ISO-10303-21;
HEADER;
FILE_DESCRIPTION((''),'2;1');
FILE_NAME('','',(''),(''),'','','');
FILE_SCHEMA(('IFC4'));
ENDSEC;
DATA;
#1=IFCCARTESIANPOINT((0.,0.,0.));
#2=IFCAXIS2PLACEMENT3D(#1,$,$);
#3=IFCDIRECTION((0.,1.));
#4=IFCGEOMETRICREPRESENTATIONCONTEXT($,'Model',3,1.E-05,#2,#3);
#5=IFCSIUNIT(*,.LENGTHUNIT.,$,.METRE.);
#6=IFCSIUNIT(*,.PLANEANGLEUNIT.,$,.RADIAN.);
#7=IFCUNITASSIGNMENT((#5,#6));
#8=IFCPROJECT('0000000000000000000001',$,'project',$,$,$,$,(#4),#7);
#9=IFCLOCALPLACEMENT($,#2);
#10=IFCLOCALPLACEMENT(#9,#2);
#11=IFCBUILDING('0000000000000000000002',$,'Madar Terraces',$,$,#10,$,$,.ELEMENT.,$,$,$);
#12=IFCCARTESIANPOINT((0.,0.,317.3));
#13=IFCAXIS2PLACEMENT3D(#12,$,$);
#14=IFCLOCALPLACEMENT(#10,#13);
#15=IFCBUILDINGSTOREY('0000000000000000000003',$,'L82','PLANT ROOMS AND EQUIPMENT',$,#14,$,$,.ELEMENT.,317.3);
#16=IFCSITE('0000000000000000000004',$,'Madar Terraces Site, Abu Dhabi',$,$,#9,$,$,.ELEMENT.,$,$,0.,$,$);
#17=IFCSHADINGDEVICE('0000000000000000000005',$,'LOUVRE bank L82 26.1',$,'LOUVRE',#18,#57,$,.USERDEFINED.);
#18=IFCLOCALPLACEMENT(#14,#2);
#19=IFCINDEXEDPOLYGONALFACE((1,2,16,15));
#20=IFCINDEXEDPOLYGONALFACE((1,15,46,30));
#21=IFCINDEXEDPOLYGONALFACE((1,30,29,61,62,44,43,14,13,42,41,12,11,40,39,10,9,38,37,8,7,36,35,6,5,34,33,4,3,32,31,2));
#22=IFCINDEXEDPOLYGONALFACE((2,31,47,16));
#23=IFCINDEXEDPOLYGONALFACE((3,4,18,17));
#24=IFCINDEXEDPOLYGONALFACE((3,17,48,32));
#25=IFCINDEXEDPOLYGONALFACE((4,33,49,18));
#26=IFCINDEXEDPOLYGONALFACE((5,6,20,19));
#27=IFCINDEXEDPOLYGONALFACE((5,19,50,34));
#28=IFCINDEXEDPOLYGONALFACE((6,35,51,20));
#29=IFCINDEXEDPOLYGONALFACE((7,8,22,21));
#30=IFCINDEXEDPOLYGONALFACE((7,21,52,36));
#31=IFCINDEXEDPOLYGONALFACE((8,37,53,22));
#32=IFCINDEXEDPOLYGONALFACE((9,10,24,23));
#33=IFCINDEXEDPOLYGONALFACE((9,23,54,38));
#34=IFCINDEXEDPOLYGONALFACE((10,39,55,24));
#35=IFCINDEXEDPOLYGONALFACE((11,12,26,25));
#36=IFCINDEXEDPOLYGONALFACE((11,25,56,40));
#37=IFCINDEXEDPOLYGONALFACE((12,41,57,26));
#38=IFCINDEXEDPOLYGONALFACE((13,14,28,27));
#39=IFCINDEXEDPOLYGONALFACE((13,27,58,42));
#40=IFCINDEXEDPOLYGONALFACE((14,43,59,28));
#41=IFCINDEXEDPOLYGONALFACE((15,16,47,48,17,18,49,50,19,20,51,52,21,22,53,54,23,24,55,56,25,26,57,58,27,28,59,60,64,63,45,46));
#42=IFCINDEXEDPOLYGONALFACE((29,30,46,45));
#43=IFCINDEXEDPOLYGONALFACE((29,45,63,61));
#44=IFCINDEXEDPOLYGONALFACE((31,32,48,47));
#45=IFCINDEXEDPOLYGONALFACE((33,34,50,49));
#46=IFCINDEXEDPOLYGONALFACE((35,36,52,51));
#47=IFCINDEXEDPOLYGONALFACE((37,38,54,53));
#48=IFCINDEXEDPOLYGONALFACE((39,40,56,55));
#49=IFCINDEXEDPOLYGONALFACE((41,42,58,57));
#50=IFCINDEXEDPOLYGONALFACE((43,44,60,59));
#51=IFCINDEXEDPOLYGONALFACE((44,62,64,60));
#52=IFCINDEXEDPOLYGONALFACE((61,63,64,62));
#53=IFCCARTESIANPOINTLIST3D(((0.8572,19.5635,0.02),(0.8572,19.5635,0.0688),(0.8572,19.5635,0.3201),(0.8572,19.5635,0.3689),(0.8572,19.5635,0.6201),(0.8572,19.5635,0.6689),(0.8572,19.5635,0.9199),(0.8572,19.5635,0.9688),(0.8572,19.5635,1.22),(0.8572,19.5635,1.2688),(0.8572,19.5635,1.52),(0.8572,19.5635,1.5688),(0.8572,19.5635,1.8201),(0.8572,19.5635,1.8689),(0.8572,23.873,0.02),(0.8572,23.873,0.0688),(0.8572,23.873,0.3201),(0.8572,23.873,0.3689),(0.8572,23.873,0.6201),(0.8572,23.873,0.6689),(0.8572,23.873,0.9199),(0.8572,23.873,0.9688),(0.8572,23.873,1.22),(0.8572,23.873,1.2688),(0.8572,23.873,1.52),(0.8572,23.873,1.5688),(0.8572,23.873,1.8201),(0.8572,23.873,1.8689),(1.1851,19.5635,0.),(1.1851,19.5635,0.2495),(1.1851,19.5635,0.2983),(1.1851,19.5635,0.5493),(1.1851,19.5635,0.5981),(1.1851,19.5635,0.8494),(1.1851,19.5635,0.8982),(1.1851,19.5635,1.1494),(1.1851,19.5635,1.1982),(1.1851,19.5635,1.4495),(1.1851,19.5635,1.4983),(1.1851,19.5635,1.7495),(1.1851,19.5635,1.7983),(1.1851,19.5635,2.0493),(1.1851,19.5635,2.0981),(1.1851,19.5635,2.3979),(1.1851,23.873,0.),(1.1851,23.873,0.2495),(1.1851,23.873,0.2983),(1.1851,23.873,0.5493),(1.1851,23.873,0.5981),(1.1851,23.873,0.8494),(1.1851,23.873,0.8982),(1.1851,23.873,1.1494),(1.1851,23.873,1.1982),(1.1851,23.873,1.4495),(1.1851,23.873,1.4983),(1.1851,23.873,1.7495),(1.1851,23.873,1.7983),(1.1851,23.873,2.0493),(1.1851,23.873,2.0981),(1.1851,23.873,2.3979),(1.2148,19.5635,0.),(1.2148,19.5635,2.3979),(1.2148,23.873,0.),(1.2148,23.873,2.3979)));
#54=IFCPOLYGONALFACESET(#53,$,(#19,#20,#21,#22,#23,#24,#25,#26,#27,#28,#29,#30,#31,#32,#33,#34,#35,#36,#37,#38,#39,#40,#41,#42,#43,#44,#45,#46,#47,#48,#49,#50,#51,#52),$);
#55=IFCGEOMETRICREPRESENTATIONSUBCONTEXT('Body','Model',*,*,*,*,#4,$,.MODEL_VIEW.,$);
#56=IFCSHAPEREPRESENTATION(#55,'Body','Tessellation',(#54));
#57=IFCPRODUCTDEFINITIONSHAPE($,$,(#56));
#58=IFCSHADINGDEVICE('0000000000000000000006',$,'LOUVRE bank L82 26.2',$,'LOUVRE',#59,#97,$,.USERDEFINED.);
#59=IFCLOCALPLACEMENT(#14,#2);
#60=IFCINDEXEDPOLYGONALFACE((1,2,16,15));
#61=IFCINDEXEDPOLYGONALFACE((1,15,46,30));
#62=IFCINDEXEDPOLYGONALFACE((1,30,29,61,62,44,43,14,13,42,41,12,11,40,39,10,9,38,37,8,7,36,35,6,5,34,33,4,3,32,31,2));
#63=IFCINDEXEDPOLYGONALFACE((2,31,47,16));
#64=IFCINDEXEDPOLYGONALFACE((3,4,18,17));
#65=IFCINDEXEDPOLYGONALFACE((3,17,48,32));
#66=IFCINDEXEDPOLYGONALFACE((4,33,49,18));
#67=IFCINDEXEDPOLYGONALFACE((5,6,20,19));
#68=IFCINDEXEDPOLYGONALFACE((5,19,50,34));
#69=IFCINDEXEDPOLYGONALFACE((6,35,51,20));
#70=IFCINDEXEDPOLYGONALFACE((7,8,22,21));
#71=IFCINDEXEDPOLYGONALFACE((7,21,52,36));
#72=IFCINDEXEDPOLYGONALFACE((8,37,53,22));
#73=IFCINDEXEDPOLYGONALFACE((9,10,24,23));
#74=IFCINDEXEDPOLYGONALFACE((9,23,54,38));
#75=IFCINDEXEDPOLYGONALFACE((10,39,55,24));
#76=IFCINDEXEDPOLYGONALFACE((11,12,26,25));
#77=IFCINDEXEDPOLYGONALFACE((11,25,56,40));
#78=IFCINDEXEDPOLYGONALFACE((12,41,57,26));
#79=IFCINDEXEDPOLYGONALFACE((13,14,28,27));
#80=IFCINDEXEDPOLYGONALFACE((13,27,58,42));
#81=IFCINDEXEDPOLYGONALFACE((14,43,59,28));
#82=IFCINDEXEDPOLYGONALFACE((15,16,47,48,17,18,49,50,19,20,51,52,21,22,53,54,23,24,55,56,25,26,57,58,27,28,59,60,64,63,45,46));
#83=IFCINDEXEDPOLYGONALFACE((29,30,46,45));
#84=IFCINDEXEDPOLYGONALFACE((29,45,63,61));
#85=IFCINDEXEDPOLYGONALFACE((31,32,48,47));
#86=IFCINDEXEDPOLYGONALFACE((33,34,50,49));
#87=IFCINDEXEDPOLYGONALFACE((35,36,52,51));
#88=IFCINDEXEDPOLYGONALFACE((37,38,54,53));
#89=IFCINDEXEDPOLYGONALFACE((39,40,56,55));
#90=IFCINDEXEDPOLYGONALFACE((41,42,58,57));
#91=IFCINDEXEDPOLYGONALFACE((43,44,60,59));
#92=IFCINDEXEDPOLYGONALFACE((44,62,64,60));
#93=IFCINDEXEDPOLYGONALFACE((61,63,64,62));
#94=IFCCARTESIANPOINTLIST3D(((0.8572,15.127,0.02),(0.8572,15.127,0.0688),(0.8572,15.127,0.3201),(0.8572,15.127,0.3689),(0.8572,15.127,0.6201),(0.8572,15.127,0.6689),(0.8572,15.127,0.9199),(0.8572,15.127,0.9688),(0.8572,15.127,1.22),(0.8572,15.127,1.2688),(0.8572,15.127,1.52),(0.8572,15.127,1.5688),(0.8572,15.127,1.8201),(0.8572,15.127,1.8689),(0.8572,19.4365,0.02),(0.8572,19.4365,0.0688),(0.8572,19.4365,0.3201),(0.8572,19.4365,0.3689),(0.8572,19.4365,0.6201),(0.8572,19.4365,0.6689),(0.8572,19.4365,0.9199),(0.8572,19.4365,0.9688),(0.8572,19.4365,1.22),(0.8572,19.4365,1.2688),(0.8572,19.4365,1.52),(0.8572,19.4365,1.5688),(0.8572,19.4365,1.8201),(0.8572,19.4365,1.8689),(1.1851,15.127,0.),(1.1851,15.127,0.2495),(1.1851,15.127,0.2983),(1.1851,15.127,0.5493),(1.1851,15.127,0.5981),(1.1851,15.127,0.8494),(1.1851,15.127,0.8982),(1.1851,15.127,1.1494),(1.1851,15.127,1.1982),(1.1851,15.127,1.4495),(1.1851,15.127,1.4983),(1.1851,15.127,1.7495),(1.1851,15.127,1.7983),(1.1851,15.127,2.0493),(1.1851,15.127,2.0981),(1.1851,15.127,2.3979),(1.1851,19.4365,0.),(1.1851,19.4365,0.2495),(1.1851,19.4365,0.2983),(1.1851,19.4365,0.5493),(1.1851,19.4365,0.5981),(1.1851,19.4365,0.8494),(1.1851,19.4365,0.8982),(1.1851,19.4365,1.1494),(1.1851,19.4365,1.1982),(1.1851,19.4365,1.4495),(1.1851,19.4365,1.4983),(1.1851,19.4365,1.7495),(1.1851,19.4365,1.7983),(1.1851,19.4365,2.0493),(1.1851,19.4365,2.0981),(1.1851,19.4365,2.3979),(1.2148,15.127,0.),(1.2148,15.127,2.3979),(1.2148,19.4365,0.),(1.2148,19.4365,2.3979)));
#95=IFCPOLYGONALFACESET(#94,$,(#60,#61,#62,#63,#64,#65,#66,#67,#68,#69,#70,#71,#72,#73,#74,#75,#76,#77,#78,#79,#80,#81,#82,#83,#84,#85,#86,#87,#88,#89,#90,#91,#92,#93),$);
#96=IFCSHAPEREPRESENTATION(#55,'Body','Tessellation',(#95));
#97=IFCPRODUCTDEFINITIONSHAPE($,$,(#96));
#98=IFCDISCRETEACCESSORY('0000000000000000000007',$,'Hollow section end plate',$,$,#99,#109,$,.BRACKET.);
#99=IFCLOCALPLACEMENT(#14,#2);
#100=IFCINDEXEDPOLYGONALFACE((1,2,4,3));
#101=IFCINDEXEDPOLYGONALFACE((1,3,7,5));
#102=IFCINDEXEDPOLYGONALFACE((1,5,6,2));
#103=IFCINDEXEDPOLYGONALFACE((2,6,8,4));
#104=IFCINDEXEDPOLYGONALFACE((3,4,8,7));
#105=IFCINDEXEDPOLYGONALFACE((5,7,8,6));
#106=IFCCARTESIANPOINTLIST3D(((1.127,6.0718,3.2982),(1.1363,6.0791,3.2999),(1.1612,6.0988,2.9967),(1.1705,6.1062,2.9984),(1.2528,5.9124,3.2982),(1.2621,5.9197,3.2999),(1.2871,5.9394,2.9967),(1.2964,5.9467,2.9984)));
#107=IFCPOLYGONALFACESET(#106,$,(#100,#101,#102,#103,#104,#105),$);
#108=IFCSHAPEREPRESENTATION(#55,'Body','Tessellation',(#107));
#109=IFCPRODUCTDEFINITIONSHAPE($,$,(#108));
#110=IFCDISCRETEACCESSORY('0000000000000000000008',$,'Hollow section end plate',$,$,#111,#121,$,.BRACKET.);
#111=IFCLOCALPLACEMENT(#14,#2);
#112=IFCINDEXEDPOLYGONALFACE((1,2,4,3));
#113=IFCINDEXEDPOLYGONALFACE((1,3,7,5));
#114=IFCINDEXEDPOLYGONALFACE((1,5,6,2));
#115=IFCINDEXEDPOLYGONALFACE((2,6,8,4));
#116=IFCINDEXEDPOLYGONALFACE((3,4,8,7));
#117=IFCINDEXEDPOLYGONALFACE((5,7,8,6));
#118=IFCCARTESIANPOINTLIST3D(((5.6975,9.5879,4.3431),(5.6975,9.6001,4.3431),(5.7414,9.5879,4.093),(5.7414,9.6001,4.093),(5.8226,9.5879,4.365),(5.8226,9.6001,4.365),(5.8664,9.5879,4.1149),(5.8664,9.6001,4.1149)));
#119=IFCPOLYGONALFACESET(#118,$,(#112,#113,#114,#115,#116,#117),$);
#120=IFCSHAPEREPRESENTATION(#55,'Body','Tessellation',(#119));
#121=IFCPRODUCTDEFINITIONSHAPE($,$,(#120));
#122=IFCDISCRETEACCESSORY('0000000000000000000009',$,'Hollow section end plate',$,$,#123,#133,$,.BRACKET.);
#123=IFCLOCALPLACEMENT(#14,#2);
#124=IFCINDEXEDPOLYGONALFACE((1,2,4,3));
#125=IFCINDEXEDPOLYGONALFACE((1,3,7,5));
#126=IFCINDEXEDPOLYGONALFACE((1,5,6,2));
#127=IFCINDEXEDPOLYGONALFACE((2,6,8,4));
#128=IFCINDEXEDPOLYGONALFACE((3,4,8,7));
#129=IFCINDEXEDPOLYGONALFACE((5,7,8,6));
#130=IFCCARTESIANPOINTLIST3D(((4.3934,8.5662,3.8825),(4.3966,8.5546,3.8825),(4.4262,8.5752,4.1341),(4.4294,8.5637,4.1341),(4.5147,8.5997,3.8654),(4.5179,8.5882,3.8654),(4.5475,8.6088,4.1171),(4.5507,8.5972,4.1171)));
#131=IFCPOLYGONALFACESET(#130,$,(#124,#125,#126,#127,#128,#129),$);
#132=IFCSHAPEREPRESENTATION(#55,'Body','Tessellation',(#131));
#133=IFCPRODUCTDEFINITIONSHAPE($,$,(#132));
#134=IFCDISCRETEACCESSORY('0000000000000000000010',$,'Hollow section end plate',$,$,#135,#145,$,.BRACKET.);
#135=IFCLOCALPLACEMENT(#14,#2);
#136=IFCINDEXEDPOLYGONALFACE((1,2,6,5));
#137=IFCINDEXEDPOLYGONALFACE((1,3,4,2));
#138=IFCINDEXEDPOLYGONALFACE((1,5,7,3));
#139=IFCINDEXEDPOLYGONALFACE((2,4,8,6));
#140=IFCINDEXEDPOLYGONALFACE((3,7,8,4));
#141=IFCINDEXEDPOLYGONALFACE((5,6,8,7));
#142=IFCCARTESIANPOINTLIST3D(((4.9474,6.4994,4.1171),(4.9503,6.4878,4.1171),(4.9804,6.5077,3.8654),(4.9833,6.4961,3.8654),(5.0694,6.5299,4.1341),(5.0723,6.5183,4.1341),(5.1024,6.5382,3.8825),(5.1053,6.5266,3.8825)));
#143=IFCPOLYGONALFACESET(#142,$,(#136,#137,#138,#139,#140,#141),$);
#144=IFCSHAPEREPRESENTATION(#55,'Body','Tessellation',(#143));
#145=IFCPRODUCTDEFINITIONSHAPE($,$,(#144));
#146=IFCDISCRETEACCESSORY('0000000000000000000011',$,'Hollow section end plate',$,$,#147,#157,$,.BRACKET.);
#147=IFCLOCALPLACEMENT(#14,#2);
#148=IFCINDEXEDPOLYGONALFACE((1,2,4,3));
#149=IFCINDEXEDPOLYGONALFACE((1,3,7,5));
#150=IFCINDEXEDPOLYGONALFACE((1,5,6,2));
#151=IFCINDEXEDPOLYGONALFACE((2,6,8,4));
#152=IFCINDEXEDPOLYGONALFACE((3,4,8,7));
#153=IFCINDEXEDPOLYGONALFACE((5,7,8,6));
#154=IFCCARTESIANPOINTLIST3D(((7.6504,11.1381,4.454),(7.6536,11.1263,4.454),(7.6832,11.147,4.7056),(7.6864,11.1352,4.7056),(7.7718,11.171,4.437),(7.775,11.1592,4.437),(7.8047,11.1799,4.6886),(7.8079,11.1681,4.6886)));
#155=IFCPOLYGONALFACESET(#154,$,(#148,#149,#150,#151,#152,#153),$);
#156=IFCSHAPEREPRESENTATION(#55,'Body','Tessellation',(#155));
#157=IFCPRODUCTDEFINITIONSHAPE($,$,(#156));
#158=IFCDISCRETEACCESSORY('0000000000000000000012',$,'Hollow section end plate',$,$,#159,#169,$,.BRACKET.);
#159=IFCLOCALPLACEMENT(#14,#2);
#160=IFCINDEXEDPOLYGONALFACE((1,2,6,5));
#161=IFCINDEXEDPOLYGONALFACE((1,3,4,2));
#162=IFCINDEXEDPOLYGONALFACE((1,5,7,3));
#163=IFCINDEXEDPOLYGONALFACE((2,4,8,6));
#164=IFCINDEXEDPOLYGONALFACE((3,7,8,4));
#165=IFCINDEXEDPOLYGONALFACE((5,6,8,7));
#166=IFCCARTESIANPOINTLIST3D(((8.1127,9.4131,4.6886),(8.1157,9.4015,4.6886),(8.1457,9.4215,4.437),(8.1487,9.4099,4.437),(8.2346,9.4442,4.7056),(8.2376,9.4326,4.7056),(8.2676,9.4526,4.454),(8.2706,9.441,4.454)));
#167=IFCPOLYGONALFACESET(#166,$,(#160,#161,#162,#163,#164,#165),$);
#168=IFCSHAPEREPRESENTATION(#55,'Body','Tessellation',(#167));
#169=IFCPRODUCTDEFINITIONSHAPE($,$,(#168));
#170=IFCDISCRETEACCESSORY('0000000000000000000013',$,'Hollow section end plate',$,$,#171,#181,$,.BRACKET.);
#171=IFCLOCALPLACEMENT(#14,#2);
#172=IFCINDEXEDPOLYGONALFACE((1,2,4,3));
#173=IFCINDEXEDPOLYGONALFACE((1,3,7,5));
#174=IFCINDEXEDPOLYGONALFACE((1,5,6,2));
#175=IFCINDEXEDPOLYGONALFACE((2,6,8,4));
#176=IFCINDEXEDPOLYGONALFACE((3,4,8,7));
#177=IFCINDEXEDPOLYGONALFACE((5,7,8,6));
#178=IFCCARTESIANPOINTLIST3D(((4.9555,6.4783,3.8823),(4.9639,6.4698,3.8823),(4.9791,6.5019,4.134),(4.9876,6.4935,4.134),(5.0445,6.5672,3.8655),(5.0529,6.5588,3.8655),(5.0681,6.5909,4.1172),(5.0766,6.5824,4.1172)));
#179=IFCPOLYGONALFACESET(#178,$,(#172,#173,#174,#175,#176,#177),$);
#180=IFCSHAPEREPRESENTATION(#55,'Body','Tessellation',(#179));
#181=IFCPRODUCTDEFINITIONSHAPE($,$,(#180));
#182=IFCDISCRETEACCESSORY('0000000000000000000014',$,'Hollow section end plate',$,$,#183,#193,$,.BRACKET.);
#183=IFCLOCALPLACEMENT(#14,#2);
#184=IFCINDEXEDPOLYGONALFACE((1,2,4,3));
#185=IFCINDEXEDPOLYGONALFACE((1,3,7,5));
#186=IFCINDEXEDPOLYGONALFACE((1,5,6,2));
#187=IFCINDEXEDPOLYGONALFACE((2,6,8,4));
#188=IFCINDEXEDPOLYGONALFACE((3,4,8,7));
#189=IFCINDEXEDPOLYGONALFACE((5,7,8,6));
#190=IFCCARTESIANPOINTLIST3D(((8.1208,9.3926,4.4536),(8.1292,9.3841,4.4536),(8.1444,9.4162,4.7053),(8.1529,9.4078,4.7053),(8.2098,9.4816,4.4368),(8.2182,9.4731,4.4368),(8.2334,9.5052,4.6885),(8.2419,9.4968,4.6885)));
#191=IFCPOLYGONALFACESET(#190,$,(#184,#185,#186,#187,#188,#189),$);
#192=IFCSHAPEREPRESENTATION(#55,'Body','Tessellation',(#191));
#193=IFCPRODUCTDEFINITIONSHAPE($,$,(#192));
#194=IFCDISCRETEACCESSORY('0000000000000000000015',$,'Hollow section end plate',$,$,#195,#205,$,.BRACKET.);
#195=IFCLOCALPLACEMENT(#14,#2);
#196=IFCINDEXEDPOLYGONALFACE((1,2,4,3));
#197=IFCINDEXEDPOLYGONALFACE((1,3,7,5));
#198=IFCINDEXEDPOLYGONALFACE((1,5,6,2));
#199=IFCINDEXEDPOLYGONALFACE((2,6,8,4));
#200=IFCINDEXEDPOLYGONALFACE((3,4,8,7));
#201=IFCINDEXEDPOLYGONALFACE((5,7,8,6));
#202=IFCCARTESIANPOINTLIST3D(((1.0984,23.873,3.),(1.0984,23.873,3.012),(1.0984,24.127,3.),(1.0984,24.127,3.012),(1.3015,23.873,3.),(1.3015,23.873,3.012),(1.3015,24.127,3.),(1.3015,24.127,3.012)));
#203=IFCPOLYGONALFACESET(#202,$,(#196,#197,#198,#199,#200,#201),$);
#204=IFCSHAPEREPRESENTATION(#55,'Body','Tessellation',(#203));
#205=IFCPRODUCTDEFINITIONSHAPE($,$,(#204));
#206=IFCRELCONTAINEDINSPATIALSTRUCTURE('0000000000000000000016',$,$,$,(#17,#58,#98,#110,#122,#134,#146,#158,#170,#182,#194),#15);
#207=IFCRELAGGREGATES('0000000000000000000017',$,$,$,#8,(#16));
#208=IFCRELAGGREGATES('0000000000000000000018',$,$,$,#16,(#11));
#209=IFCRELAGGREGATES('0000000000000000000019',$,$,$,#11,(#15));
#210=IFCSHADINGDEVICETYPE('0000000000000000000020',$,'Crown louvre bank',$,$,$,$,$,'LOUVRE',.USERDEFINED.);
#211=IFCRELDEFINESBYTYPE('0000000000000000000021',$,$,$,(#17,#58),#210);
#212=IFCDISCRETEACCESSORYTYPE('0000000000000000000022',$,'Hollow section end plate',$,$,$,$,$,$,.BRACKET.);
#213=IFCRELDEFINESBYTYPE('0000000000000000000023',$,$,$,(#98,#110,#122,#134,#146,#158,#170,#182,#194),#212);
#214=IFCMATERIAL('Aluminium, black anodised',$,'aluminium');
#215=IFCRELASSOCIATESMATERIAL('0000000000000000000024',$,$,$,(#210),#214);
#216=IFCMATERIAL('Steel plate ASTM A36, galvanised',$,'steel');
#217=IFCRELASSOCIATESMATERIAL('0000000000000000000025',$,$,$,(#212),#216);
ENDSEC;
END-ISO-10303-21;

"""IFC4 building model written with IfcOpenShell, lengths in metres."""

from ifc_helpers import new_model, si_unit, direction, frame, origin, origin_2d, place, context, subcontext, project, spatial, polyline, rectangle, outline, extrude, material, type_object, element, save


model = new_model("IFC4")

# Units and contexts
model_context = context("Model", 3, precision=1e-05, world=origin(), true_north=direction((0.0, 1.0)))
body_context = subcontext(model_context, "Body", "Model", "MODEL_VIEW")
ifc_project = project(units=[si_unit("LENGTHUNIT", "METRE"), si_unit("PLANEANGLEUNIT", "RADIAN")], contexts=[model_context])

# Site, building, storey
site_placement = place(None, origin())
site = spatial("IfcSite", under=ifc_project, at=site_placement, Name="Madar Terraces Site, Abu Dhabi", CompositionType="ELEMENT", RefElevation=0.0)
building_placement = place(site_placement, origin())
building = spatial("IfcBuilding", under=site, at=building_placement, Name="Madar Terraces", CompositionType="ELEMENT")
storey_placement = place(building_placement, frame((0.0, 0.0, 317.3)))
storey = spatial("IfcBuildingStorey", under=building, at=storey_placement, Name="L82", Description="PLANT ROOMS AND EQUIPMENT", CompositionType="ELEMENT", Elevation=317.3)

# Shading devices
ifc_material_1 = material(Name="Aluminium, black anodised", Category="aluminium")
shading_device_type = type_object("IfcShadingDeviceType", Name="Crown louvre bank", ElementType="LOUVRE", PredefinedType="USERDEFINED", material=ifc_material_1)
for number, where, z_axis, x_axis, name in (
    (1, (1.2, 23.873, 0.0), (0.0, -1.0, 0.0), (1.0, 0.0, 0.0), "LOUVRE bank L82 26.1"),
    (2, (1.2, 19.4365, 0.0), (0.0, -1.0, 0.0), (1.0, 0.0, 0.0), "LOUVRE bank L82 26.2"),
):
    element("IfcShadingDevice", number, at=place(storey_placement, frame(where, z_axis=z_axis, x_axis=x_axis)), inside=storey, type_object=shading_device_type, Name=name, ObjectType="LOUVRE", PredefinedType="USERDEFINED", context=body_context, shape_type="SweptSolid", body=[
        extrude(outline(polyline([(0.0149, 0.0), (-0.0149, 0.0), (-0.0149, 0.2495), (-0.3428, 0.02), (-0.3428, 0.0688), (-0.0149, 0.2983), (-0.0149, 0.5493), (-0.3428, 0.3201), (-0.3428, 0.3689), (-0.0149, 0.5981), (-0.0149, 0.8494), (-0.3428, 0.6201), (-0.3428, 0.6689), (-0.0149, 0.8982), (-0.0149, 1.1494), (-0.3428, 0.9199), (-0.3428, 0.9688), (-0.0149, 1.1982), (-0.0149, 1.4495), (-0.3428, 1.22), (-0.3428, 1.2688), (-0.0149, 1.4983), (-0.0149, 1.7495), (-0.3428, 1.52), (-0.3428, 1.5688), (-0.0149, 1.7983), (-0.0149, 2.0493), (-0.3428, 1.8201), (-0.3428, 1.8689), (-0.0149, 2.0981), (-0.0149, 2.3979), (0.0149, 2.3979), (0.0149, 0.0)])), origin(), (0.0, 0.0, 1.0), 4.3096),
    ])

# Discrete accessories
ifc_material_2 = material(Name="Steel plate ASTM A36, galvanised", Category="steel")
discrete_accessory_type_1 = type_object("IfcDiscreteAccessoryType", Name="Hollow section end plate", PredefinedType="BRACKET", material=ifc_material_2)
discrete_accessory_1_placement = place(storey_placement, frame((1.2163, 6.0129, 3.1492), z_axis=(-0.776805, -0.613267, -0.143096), x_axis=(0.619644, -0.784883, 0.0)))
element("IfcDiscreteAccessory", 3, at=discrete_accessory_1_placement, inside=storey, type_object=discrete_accessory_type_1, Name="Hollow section end plate", PredefinedType="BRACKET", context=body_context, shape_type="SweptSolid", body=[
    extrude(rectangle(XDim=0.2031, YDim=0.3047, at=origin_2d()), origin(), (0.0, 0.0, 1.0), 0.012),
])
discrete_accessory_2_placement = place(storey_placement, frame((5.782, 9.6001, 4.229), z_axis=(0.0, -1.0, 0.0), x_axis=(0.984957, 0.0, 0.172799)))
element("IfcDiscreteAccessory", 4, at=discrete_accessory_2_placement, inside=storey, type_object=discrete_accessory_type_1, Name="Hollow section end plate", PredefinedType="BRACKET", context=body_context, shape_type="SweptSolid", body=[
    extrude(rectangle(XDim=0.127, YDim=0.2539, at=origin_2d()), origin(), (0.0, 0.0, 1.0), 0.0122),
])
for number, where, z_axis, x_axis, name in (
    (5, (4.4736, 8.5759, 3.9998), (-0.266586, 0.963811, 0.0), (-0.955108, -0.264179, 0.134086), "Hollow section end plate"),
    (6, (5.0249, 6.5188, 3.9998), (0.242536, -0.970143, 0.0), (0.961382, 0.240345, 0.134086), "Hollow section end plate"),
):
    element("IfcDiscreteAccessory", number, at=place(storey_placement, frame(where, z_axis=z_axis, x_axis=x_axis)), inside=storey, type_object=discrete_accessory_type_1, Name=name, PredefinedType="BRACKET", context=body_context, shape_type="SweptSolid", body=[
        extrude(rectangle(XDim=0.127, YDim=0.2539, at=origin_2d()), origin(), (0.0, 0.0, 1.0), 0.012),
    ])
discrete_accessory_3_placement = place(storey_placement, frame((7.7307, 11.1472, 4.5713), z_axis=(-0.261415, 0.965226, 0.0), x_axis=(-0.95651, -0.259055, 0.134086)))
element("IfcDiscreteAccessory", 7, at=discrete_accessory_3_placement, inside=storey, type_object=discrete_accessory_type_1, Name="Hollow section end plate", PredefinedType="BRACKET", context=body_context, shape_type="SweptSolid", body=[
    extrude(rectangle(XDim=0.127, YDim=0.2539, at=origin_2d()), origin(), (0.0, 0.0, 1.0), 0.0122),
])
for number, where, z_axis, x_axis, name in (
    (8, (8.1902, 9.4329, 4.5713), (0.247383, -0.968918, 0.0), (0.960168, 0.245149, 0.134086), "Hollow section end plate"),
    (9, (5.0203, 6.5261, 3.9998), (-0.707107, 0.707107, 0.0), (-0.700941, -0.700941, 0.131765), "Hollow section end plate"),
    (10, (8.1855, 9.4404, 4.571), (-0.707107, 0.707107, 0.0), (-0.700941, -0.700941, 0.131765), "Hollow section end plate"),
):
    element("IfcDiscreteAccessory", number, at=place(storey_placement, frame(where, z_axis=z_axis, x_axis=x_axis)), inside=storey, type_object=discrete_accessory_type_1, Name=name, PredefinedType="BRACKET", context=body_context, shape_type="SweptSolid", body=[
        extrude(rectangle(XDim=0.127, YDim=0.2539, at=origin_2d()), origin(), (0.0, 0.0, 1.0), 0.012),
    ])
for number, where, z_axis, x_axis, name in (
    (11, (1.2, 24.0, 3.0), (0.0, 0.0, 1.0), (1.0, 0.0, 0.0), "Hollow section end plate"),
):
    element("IfcDiscreteAccessory", number, at=place(storey_placement, frame(where, z_axis=z_axis, x_axis=x_axis)), inside=storey, type_object=discrete_accessory_type_1, Name=name, PredefinedType="BRACKET", context=body_context, shape_type="SweptSolid", body=[
        extrude(rectangle(XDim=0.2031, YDim=0.2539, at=origin_2d()), origin(), (0.0, 0.0, 1.0), 0.012),
    ])

save(model, "model.ifc")
